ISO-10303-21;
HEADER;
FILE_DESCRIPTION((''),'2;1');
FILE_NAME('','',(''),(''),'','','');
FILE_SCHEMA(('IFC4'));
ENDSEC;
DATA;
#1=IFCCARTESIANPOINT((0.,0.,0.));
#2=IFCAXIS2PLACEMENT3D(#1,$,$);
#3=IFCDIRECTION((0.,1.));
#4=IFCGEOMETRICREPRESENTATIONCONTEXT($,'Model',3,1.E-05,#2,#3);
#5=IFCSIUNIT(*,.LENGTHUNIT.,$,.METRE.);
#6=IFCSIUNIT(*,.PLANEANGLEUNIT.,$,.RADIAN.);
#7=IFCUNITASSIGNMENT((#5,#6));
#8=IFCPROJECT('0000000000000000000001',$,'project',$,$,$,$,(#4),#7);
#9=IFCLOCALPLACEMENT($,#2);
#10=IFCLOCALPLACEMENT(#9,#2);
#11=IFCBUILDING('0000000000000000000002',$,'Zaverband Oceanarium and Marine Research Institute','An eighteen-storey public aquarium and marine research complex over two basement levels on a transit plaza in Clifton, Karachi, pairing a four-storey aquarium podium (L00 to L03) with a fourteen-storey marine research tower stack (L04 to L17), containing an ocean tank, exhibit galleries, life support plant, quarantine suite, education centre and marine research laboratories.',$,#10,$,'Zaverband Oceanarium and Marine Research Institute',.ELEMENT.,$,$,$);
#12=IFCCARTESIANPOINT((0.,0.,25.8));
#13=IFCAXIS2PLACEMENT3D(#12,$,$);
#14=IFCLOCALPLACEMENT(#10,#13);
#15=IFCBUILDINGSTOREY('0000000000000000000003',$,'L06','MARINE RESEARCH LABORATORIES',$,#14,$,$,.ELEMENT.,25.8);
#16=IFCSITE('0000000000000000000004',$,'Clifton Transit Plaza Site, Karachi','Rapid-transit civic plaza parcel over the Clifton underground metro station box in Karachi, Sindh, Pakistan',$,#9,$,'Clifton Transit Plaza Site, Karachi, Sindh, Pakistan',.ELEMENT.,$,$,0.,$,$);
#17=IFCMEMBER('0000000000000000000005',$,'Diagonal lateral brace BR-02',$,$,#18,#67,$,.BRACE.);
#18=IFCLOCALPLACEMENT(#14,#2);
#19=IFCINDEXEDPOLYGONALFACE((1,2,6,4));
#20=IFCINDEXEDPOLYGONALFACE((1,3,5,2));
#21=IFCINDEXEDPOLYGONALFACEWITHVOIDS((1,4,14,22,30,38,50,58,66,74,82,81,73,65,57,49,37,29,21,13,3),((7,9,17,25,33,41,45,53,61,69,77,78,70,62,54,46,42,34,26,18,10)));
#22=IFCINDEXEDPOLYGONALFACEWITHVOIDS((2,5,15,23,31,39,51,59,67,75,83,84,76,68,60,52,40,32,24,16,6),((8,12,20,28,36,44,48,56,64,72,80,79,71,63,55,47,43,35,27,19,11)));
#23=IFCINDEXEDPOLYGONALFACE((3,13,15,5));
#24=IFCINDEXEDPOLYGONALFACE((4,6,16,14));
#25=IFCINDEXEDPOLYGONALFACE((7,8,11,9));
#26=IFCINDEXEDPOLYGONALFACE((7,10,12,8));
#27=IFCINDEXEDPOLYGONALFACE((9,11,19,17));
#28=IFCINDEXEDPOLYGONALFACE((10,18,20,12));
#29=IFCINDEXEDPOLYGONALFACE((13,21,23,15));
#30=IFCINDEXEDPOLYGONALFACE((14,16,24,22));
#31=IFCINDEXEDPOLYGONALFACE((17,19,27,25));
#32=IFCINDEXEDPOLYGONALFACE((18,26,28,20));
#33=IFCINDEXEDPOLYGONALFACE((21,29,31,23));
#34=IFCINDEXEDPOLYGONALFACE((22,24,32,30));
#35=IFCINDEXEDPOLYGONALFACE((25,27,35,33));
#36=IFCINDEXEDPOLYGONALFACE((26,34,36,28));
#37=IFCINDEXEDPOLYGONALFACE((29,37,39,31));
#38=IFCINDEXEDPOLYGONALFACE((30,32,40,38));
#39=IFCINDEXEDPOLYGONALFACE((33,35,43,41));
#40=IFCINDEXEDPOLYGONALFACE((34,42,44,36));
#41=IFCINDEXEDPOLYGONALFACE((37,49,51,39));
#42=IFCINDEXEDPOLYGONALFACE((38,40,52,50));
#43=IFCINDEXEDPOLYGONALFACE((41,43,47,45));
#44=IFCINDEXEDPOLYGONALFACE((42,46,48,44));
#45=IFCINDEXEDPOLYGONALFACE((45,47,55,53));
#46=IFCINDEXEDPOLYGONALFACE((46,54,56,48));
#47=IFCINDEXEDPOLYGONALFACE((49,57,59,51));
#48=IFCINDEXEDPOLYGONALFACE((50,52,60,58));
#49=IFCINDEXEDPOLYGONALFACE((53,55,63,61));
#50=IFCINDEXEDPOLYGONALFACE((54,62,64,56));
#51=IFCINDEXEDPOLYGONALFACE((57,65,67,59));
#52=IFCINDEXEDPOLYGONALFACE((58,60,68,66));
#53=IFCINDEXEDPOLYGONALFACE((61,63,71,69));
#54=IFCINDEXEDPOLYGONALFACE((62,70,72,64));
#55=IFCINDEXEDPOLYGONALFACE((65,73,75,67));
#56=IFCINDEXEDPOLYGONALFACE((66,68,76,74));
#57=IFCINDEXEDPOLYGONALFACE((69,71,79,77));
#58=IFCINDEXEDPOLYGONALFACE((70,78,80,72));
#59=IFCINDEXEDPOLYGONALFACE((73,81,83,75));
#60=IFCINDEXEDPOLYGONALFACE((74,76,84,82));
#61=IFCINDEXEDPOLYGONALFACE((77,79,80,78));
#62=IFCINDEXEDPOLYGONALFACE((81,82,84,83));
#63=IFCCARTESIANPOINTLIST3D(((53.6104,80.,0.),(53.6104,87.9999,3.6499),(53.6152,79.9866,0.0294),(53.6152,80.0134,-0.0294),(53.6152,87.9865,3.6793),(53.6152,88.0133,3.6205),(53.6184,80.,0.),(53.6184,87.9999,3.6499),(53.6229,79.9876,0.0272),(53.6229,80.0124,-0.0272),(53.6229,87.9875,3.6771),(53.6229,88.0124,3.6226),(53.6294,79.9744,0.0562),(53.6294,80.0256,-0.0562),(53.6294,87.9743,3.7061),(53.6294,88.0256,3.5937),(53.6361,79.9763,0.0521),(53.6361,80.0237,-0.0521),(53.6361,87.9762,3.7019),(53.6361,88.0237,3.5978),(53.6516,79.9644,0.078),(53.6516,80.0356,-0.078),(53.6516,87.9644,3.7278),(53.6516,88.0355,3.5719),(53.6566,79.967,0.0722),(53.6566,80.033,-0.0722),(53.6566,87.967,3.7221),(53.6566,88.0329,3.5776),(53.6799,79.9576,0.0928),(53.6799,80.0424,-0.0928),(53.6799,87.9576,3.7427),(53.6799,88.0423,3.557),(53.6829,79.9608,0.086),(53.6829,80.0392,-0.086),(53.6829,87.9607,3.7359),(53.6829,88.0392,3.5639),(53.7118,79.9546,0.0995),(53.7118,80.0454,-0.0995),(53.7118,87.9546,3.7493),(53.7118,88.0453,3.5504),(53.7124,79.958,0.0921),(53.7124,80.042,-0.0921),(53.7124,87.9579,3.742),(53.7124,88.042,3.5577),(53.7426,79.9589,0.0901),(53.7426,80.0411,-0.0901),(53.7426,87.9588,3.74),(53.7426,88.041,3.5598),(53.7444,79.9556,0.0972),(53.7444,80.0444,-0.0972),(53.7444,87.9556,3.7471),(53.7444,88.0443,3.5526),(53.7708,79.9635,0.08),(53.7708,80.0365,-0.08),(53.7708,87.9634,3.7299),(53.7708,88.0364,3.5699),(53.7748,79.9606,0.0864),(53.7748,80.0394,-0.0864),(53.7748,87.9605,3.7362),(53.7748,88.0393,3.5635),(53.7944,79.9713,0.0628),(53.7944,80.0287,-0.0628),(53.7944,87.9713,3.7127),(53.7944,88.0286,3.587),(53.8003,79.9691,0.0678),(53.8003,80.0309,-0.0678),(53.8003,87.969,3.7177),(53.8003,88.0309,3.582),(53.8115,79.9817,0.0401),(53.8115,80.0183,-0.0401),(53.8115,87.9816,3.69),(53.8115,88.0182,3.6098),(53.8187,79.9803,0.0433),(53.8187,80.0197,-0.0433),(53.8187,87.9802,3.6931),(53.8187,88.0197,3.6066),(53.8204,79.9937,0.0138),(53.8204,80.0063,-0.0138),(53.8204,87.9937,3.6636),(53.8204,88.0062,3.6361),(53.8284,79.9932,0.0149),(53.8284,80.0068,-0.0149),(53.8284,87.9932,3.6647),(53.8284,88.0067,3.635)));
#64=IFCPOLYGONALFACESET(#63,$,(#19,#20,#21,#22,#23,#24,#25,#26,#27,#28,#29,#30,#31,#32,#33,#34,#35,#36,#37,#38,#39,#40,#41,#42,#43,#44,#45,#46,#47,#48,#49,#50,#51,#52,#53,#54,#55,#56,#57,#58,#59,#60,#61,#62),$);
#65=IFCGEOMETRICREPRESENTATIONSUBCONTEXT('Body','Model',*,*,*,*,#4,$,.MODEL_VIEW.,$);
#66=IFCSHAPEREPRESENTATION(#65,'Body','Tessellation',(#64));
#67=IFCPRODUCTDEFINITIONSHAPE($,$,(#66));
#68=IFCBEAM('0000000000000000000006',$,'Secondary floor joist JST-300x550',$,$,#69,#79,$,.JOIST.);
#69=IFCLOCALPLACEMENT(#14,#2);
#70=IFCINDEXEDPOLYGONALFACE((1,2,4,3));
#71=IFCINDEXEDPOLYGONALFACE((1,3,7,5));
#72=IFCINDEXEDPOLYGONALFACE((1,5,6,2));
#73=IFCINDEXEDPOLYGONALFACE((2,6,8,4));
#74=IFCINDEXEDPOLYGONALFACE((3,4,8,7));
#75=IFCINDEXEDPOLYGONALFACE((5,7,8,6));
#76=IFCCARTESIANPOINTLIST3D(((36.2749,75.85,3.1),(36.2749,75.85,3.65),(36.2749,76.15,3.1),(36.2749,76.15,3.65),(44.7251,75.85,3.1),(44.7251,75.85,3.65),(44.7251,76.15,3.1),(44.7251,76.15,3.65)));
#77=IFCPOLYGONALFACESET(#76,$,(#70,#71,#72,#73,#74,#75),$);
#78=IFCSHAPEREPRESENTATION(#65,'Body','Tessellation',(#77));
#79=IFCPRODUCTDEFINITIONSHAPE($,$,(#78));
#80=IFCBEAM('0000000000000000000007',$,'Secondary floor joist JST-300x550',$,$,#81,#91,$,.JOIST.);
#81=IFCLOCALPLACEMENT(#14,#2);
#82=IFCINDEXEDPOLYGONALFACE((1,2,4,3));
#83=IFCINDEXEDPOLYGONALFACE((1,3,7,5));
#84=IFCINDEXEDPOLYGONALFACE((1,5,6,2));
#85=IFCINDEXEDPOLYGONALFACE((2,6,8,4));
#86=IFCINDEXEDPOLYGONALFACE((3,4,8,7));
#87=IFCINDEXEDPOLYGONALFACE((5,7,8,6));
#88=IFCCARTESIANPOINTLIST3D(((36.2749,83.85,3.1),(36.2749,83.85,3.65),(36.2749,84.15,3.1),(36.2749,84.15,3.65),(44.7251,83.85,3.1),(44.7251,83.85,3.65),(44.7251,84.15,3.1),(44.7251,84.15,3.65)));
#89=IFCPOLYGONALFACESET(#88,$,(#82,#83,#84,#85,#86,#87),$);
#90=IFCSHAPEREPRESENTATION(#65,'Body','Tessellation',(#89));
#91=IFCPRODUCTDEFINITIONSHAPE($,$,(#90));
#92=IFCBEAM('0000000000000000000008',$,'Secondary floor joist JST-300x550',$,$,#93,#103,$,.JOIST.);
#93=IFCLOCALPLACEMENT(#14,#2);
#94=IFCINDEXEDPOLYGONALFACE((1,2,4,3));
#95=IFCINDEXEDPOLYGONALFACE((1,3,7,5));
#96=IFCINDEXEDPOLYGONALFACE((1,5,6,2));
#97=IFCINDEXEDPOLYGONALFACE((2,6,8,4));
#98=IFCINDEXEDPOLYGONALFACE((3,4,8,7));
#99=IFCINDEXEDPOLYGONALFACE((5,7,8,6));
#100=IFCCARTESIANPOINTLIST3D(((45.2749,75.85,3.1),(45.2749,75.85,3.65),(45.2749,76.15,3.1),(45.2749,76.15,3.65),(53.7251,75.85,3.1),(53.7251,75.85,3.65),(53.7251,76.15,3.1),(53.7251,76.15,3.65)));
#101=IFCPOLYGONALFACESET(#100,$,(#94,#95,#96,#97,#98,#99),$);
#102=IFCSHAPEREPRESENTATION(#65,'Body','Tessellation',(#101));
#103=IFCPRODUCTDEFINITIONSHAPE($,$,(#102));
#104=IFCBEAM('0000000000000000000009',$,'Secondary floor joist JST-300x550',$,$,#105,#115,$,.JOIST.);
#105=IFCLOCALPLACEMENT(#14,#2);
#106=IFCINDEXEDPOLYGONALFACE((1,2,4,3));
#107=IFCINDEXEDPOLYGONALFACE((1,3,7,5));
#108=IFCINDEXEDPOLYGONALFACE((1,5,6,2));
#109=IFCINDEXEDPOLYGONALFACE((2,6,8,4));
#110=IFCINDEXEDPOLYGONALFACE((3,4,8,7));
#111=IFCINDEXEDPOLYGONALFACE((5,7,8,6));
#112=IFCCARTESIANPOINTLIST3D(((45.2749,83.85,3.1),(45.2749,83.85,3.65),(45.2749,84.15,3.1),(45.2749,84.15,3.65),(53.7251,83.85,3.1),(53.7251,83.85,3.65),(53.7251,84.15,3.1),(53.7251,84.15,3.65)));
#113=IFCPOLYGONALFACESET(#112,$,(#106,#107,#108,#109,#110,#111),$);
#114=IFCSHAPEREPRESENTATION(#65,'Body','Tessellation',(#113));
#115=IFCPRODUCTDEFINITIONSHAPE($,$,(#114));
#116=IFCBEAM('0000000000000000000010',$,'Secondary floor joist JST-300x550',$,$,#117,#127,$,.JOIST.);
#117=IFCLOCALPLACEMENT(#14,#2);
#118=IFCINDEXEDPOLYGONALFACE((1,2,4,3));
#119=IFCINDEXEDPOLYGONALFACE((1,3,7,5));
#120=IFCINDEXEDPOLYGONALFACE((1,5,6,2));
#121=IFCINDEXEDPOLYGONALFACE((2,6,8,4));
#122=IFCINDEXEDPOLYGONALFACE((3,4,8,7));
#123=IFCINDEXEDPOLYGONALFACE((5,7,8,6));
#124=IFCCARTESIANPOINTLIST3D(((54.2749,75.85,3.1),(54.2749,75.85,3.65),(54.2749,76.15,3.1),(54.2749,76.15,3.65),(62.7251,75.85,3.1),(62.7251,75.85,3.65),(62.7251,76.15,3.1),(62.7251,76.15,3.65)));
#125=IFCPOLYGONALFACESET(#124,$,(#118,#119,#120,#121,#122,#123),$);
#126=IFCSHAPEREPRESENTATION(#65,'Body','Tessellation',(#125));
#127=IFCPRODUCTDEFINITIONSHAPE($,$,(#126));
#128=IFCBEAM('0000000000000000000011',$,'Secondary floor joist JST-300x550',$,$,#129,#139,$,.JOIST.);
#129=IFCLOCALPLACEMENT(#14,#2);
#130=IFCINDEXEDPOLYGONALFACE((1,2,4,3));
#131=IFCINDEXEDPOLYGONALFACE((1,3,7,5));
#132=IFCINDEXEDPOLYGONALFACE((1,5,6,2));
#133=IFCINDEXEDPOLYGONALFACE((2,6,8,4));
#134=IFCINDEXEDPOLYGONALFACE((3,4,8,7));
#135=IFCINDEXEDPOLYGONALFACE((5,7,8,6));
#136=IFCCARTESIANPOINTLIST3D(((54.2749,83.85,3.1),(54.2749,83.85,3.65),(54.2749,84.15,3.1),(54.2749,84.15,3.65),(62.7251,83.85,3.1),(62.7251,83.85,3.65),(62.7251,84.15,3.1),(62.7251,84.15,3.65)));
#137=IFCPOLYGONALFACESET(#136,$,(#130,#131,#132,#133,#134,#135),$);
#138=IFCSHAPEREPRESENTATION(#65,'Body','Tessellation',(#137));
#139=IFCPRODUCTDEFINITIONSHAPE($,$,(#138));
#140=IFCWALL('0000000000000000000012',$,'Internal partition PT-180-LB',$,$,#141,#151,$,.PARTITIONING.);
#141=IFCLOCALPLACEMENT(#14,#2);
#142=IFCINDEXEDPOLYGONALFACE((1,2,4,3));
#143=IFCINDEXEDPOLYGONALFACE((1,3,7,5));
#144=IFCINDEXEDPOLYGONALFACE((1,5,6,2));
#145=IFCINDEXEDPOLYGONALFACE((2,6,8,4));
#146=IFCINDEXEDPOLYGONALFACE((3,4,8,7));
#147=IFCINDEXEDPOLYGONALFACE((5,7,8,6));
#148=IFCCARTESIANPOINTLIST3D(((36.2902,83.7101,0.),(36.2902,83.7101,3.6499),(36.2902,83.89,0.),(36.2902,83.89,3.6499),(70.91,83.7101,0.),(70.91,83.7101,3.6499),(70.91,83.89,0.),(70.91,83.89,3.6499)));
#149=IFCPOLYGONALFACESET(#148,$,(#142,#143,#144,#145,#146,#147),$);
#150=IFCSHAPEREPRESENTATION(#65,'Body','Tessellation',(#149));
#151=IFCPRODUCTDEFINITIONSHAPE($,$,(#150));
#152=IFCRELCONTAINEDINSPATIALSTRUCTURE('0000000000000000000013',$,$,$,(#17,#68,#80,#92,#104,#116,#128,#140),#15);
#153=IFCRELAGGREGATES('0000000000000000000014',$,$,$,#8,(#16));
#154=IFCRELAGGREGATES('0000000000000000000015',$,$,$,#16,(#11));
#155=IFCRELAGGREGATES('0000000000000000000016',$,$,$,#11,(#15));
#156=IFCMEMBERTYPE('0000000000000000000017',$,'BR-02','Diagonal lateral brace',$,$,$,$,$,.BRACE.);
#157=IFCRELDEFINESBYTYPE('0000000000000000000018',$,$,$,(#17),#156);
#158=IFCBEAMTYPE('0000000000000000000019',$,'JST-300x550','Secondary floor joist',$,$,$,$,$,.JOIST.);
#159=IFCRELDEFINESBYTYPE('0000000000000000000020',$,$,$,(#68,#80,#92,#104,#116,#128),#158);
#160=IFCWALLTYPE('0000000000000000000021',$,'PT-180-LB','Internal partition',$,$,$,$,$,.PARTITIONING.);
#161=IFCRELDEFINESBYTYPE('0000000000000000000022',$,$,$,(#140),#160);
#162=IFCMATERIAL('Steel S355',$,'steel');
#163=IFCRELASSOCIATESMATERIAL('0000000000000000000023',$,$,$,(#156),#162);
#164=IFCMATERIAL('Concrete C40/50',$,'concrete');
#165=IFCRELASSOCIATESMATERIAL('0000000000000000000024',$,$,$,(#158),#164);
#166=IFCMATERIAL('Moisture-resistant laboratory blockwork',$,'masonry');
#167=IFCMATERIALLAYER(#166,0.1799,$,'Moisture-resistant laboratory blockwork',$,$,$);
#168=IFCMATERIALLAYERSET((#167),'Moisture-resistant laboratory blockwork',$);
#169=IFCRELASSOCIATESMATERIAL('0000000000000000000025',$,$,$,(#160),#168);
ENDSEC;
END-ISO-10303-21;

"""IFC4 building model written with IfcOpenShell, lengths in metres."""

from ifc_helpers import new_model, si_unit, direction, frame, frame_2d, origin, origin_2d, place, context, subcontext, project, spatial, rectangle, hollow_circle, extrude, material, layer, layer_set, material_profile, profile_set, type_object, element, save


model = new_model("IFC4")

# Units and contexts
model_context = context("Model", 3, precision=1e-05, world=origin(), true_north=direction((0.0, 1.0)))
body_context = subcontext(model_context, "Body", "Model", "MODEL_VIEW")
ifc_project = project(units=[si_unit("LENGTHUNIT", "METRE"), si_unit("PLANEANGLEUNIT", "RADIAN")], contexts=[model_context])

# Site, building, storey
site_placement = place(None, origin())
site = spatial("IfcSite", under=ifc_project, at=site_placement, Name="Clifton Transit Plaza Site, Karachi", Description="Rapid-transit civic plaza parcel over the Clifton underground metro station box in Karachi, Sindh, Pakistan", LongName="Clifton Transit Plaza Site, Karachi, Sindh, Pakistan", CompositionType="ELEMENT", RefElevation=0.0)
building_placement = place(site_placement, origin())
building = spatial("IfcBuilding", under=site, at=building_placement, Name="Zaverband Oceanarium and Marine Research Institute", Description="An eighteen-storey public aquarium and marine research complex over two basement levels on a transit plaza in Clifton, Karachi, pairing a four-storey aquarium podium (L00 to L03) with a fourteen-storey marine research tower stack (L04 to L17), containing an ocean tank, exhibit galleries, life support plant, quarantine suite, education centre and marine research laboratories.", LongName="Zaverband Oceanarium and Marine Research Institute", CompositionType="ELEMENT")
storey_placement = place(building_placement, frame((0.0, 0.0, 25.8)))
storey = spatial("IfcBuildingStorey", under=building, at=storey_placement, Name="L06", Description="MARINE RESEARCH LABORATORIES", CompositionType="ELEMENT", Elevation=25.8)

# Shared definitions
ifc_material_1 = material(Name="Concrete C40/50", Category="concrete")

# Member
ifc_material_2 = material(Name="Steel S355", Category="steel")
ifc_material_profile_1 = material_profile(ifc_material_2, hollow_circle(Radius=0.1096, WallThickness=0.0081, at=origin_2d()), Name="CHS219x8")
ifc_profile_set_1 = profile_set([ifc_material_profile_1], Name="Steel S355")
member_type = type_object("IfcMemberType", Name="BR-02", Description="Diagonal lateral brace", PredefinedType="BRACE", material=ifc_profile_set_1)
member_placement = place(storey_placement, frame((53.72, 80.0, 0.0), z_axis=(0.0, 0.909786, 0.415079), x_axis=(-1.0, 0.0, 0.0)))
element("IfcMember", 1, at=member_placement, inside=storey, type_object=member_type, Name="Diagonal lateral brace BR-02", PredefinedType="BRACE", context=body_context, shape_type="SweptSolid", body=[
    extrude(hollow_circle(Radius=0.1096, WallThickness=0.0081, at=origin_2d()), origin(), (0.0, 0.0, 1.0), 8.7932),
])

# Beams
ifc_material_profile_2 = material_profile(ifc_material_1, rectangle(XDim=0.3, YDim=0.55, at=origin_2d()), Name="RC300x550")
ifc_profile_set_2 = profile_set([ifc_material_profile_2], Name="Concrete C40/50")
beam_type_1 = type_object("IfcBeamType", Name="JST-300x550", Description="Secondary floor joist", PredefinedType="JOIST", material=ifc_profile_set_2)
for number, where, z_axis, x_axis, name in (
    (2, (36.2749, 76.0, 3.375), (1.0, 0.0, 0.0), (0.0, 1.0, 0.0), "Secondary floor joist JST-300x550"),
    (3, (36.2749, 84.0, 3.375), (1.0, 0.0, 0.0), (0.0, 1.0, 0.0), "Secondary floor joist JST-300x550"),
    (4, (45.2749, 76.0, 3.375), (1.0, 0.0, 0.0), (0.0, 1.0, 0.0), "Secondary floor joist JST-300x550"),
    (5, (45.2749, 84.0, 3.375), (1.0, 0.0, 0.0), (0.0, 1.0, 0.0), "Secondary floor joist JST-300x550"),
    (6, (54.2749, 76.0, 3.375), (1.0, 0.0, 0.0), (0.0, 1.0, 0.0), "Secondary floor joist JST-300x550"),
    (7, (54.2749, 84.0, 3.375), (1.0, 0.0, 0.0), (0.0, 1.0, 0.0), "Secondary floor joist JST-300x550"),
):
    element("IfcBeam", number, at=place(storey_placement, frame(where, z_axis=z_axis, x_axis=x_axis)), inside=storey, type_object=beam_type_1, Name=name, PredefinedType="JOIST", context=body_context, shape_type="SweptSolid", body=[
        extrude(rectangle(XDim=0.3, YDim=0.55, at=origin_2d()), origin(), (0.0, 0.0, 1.0), 8.4502),
    ])

# Wall
ifc_material_3 = material(Name="Moisture-resistant laboratory blockwork", Category="masonry")
ifc_layer = layer(ifc_material_3, 0.1799, Name="Moisture-resistant laboratory blockwork")
ifc_layer_set = layer_set([ifc_layer], Name="Moisture-resistant laboratory blockwork")
wall_type = type_object("IfcWallType", Name="PT-180-LB", Description="Internal partition", PredefinedType="PARTITIONING", material=ifc_layer_set)
wall_placement = place(storey_placement, frame((36.29, 83.8, 0.0), z_axis=(0.0, 0.0, 1.0), x_axis=(1.0, 0.0, 0.0)))
element("IfcWall", 8, at=wall_placement, inside=storey, type_object=wall_type, Name="Internal partition PT-180-LB", PredefinedType="PARTITIONING", context=body_context, shape_type="SweptSolid", body=[
    extrude(rectangle(XDim=34.6199, YDim=0.1799, at=frame_2d((17.3101, 0.0))), origin(), (0.0, 0.0, 1.0), 3.6499),
])

save(model, "model.ifc")
